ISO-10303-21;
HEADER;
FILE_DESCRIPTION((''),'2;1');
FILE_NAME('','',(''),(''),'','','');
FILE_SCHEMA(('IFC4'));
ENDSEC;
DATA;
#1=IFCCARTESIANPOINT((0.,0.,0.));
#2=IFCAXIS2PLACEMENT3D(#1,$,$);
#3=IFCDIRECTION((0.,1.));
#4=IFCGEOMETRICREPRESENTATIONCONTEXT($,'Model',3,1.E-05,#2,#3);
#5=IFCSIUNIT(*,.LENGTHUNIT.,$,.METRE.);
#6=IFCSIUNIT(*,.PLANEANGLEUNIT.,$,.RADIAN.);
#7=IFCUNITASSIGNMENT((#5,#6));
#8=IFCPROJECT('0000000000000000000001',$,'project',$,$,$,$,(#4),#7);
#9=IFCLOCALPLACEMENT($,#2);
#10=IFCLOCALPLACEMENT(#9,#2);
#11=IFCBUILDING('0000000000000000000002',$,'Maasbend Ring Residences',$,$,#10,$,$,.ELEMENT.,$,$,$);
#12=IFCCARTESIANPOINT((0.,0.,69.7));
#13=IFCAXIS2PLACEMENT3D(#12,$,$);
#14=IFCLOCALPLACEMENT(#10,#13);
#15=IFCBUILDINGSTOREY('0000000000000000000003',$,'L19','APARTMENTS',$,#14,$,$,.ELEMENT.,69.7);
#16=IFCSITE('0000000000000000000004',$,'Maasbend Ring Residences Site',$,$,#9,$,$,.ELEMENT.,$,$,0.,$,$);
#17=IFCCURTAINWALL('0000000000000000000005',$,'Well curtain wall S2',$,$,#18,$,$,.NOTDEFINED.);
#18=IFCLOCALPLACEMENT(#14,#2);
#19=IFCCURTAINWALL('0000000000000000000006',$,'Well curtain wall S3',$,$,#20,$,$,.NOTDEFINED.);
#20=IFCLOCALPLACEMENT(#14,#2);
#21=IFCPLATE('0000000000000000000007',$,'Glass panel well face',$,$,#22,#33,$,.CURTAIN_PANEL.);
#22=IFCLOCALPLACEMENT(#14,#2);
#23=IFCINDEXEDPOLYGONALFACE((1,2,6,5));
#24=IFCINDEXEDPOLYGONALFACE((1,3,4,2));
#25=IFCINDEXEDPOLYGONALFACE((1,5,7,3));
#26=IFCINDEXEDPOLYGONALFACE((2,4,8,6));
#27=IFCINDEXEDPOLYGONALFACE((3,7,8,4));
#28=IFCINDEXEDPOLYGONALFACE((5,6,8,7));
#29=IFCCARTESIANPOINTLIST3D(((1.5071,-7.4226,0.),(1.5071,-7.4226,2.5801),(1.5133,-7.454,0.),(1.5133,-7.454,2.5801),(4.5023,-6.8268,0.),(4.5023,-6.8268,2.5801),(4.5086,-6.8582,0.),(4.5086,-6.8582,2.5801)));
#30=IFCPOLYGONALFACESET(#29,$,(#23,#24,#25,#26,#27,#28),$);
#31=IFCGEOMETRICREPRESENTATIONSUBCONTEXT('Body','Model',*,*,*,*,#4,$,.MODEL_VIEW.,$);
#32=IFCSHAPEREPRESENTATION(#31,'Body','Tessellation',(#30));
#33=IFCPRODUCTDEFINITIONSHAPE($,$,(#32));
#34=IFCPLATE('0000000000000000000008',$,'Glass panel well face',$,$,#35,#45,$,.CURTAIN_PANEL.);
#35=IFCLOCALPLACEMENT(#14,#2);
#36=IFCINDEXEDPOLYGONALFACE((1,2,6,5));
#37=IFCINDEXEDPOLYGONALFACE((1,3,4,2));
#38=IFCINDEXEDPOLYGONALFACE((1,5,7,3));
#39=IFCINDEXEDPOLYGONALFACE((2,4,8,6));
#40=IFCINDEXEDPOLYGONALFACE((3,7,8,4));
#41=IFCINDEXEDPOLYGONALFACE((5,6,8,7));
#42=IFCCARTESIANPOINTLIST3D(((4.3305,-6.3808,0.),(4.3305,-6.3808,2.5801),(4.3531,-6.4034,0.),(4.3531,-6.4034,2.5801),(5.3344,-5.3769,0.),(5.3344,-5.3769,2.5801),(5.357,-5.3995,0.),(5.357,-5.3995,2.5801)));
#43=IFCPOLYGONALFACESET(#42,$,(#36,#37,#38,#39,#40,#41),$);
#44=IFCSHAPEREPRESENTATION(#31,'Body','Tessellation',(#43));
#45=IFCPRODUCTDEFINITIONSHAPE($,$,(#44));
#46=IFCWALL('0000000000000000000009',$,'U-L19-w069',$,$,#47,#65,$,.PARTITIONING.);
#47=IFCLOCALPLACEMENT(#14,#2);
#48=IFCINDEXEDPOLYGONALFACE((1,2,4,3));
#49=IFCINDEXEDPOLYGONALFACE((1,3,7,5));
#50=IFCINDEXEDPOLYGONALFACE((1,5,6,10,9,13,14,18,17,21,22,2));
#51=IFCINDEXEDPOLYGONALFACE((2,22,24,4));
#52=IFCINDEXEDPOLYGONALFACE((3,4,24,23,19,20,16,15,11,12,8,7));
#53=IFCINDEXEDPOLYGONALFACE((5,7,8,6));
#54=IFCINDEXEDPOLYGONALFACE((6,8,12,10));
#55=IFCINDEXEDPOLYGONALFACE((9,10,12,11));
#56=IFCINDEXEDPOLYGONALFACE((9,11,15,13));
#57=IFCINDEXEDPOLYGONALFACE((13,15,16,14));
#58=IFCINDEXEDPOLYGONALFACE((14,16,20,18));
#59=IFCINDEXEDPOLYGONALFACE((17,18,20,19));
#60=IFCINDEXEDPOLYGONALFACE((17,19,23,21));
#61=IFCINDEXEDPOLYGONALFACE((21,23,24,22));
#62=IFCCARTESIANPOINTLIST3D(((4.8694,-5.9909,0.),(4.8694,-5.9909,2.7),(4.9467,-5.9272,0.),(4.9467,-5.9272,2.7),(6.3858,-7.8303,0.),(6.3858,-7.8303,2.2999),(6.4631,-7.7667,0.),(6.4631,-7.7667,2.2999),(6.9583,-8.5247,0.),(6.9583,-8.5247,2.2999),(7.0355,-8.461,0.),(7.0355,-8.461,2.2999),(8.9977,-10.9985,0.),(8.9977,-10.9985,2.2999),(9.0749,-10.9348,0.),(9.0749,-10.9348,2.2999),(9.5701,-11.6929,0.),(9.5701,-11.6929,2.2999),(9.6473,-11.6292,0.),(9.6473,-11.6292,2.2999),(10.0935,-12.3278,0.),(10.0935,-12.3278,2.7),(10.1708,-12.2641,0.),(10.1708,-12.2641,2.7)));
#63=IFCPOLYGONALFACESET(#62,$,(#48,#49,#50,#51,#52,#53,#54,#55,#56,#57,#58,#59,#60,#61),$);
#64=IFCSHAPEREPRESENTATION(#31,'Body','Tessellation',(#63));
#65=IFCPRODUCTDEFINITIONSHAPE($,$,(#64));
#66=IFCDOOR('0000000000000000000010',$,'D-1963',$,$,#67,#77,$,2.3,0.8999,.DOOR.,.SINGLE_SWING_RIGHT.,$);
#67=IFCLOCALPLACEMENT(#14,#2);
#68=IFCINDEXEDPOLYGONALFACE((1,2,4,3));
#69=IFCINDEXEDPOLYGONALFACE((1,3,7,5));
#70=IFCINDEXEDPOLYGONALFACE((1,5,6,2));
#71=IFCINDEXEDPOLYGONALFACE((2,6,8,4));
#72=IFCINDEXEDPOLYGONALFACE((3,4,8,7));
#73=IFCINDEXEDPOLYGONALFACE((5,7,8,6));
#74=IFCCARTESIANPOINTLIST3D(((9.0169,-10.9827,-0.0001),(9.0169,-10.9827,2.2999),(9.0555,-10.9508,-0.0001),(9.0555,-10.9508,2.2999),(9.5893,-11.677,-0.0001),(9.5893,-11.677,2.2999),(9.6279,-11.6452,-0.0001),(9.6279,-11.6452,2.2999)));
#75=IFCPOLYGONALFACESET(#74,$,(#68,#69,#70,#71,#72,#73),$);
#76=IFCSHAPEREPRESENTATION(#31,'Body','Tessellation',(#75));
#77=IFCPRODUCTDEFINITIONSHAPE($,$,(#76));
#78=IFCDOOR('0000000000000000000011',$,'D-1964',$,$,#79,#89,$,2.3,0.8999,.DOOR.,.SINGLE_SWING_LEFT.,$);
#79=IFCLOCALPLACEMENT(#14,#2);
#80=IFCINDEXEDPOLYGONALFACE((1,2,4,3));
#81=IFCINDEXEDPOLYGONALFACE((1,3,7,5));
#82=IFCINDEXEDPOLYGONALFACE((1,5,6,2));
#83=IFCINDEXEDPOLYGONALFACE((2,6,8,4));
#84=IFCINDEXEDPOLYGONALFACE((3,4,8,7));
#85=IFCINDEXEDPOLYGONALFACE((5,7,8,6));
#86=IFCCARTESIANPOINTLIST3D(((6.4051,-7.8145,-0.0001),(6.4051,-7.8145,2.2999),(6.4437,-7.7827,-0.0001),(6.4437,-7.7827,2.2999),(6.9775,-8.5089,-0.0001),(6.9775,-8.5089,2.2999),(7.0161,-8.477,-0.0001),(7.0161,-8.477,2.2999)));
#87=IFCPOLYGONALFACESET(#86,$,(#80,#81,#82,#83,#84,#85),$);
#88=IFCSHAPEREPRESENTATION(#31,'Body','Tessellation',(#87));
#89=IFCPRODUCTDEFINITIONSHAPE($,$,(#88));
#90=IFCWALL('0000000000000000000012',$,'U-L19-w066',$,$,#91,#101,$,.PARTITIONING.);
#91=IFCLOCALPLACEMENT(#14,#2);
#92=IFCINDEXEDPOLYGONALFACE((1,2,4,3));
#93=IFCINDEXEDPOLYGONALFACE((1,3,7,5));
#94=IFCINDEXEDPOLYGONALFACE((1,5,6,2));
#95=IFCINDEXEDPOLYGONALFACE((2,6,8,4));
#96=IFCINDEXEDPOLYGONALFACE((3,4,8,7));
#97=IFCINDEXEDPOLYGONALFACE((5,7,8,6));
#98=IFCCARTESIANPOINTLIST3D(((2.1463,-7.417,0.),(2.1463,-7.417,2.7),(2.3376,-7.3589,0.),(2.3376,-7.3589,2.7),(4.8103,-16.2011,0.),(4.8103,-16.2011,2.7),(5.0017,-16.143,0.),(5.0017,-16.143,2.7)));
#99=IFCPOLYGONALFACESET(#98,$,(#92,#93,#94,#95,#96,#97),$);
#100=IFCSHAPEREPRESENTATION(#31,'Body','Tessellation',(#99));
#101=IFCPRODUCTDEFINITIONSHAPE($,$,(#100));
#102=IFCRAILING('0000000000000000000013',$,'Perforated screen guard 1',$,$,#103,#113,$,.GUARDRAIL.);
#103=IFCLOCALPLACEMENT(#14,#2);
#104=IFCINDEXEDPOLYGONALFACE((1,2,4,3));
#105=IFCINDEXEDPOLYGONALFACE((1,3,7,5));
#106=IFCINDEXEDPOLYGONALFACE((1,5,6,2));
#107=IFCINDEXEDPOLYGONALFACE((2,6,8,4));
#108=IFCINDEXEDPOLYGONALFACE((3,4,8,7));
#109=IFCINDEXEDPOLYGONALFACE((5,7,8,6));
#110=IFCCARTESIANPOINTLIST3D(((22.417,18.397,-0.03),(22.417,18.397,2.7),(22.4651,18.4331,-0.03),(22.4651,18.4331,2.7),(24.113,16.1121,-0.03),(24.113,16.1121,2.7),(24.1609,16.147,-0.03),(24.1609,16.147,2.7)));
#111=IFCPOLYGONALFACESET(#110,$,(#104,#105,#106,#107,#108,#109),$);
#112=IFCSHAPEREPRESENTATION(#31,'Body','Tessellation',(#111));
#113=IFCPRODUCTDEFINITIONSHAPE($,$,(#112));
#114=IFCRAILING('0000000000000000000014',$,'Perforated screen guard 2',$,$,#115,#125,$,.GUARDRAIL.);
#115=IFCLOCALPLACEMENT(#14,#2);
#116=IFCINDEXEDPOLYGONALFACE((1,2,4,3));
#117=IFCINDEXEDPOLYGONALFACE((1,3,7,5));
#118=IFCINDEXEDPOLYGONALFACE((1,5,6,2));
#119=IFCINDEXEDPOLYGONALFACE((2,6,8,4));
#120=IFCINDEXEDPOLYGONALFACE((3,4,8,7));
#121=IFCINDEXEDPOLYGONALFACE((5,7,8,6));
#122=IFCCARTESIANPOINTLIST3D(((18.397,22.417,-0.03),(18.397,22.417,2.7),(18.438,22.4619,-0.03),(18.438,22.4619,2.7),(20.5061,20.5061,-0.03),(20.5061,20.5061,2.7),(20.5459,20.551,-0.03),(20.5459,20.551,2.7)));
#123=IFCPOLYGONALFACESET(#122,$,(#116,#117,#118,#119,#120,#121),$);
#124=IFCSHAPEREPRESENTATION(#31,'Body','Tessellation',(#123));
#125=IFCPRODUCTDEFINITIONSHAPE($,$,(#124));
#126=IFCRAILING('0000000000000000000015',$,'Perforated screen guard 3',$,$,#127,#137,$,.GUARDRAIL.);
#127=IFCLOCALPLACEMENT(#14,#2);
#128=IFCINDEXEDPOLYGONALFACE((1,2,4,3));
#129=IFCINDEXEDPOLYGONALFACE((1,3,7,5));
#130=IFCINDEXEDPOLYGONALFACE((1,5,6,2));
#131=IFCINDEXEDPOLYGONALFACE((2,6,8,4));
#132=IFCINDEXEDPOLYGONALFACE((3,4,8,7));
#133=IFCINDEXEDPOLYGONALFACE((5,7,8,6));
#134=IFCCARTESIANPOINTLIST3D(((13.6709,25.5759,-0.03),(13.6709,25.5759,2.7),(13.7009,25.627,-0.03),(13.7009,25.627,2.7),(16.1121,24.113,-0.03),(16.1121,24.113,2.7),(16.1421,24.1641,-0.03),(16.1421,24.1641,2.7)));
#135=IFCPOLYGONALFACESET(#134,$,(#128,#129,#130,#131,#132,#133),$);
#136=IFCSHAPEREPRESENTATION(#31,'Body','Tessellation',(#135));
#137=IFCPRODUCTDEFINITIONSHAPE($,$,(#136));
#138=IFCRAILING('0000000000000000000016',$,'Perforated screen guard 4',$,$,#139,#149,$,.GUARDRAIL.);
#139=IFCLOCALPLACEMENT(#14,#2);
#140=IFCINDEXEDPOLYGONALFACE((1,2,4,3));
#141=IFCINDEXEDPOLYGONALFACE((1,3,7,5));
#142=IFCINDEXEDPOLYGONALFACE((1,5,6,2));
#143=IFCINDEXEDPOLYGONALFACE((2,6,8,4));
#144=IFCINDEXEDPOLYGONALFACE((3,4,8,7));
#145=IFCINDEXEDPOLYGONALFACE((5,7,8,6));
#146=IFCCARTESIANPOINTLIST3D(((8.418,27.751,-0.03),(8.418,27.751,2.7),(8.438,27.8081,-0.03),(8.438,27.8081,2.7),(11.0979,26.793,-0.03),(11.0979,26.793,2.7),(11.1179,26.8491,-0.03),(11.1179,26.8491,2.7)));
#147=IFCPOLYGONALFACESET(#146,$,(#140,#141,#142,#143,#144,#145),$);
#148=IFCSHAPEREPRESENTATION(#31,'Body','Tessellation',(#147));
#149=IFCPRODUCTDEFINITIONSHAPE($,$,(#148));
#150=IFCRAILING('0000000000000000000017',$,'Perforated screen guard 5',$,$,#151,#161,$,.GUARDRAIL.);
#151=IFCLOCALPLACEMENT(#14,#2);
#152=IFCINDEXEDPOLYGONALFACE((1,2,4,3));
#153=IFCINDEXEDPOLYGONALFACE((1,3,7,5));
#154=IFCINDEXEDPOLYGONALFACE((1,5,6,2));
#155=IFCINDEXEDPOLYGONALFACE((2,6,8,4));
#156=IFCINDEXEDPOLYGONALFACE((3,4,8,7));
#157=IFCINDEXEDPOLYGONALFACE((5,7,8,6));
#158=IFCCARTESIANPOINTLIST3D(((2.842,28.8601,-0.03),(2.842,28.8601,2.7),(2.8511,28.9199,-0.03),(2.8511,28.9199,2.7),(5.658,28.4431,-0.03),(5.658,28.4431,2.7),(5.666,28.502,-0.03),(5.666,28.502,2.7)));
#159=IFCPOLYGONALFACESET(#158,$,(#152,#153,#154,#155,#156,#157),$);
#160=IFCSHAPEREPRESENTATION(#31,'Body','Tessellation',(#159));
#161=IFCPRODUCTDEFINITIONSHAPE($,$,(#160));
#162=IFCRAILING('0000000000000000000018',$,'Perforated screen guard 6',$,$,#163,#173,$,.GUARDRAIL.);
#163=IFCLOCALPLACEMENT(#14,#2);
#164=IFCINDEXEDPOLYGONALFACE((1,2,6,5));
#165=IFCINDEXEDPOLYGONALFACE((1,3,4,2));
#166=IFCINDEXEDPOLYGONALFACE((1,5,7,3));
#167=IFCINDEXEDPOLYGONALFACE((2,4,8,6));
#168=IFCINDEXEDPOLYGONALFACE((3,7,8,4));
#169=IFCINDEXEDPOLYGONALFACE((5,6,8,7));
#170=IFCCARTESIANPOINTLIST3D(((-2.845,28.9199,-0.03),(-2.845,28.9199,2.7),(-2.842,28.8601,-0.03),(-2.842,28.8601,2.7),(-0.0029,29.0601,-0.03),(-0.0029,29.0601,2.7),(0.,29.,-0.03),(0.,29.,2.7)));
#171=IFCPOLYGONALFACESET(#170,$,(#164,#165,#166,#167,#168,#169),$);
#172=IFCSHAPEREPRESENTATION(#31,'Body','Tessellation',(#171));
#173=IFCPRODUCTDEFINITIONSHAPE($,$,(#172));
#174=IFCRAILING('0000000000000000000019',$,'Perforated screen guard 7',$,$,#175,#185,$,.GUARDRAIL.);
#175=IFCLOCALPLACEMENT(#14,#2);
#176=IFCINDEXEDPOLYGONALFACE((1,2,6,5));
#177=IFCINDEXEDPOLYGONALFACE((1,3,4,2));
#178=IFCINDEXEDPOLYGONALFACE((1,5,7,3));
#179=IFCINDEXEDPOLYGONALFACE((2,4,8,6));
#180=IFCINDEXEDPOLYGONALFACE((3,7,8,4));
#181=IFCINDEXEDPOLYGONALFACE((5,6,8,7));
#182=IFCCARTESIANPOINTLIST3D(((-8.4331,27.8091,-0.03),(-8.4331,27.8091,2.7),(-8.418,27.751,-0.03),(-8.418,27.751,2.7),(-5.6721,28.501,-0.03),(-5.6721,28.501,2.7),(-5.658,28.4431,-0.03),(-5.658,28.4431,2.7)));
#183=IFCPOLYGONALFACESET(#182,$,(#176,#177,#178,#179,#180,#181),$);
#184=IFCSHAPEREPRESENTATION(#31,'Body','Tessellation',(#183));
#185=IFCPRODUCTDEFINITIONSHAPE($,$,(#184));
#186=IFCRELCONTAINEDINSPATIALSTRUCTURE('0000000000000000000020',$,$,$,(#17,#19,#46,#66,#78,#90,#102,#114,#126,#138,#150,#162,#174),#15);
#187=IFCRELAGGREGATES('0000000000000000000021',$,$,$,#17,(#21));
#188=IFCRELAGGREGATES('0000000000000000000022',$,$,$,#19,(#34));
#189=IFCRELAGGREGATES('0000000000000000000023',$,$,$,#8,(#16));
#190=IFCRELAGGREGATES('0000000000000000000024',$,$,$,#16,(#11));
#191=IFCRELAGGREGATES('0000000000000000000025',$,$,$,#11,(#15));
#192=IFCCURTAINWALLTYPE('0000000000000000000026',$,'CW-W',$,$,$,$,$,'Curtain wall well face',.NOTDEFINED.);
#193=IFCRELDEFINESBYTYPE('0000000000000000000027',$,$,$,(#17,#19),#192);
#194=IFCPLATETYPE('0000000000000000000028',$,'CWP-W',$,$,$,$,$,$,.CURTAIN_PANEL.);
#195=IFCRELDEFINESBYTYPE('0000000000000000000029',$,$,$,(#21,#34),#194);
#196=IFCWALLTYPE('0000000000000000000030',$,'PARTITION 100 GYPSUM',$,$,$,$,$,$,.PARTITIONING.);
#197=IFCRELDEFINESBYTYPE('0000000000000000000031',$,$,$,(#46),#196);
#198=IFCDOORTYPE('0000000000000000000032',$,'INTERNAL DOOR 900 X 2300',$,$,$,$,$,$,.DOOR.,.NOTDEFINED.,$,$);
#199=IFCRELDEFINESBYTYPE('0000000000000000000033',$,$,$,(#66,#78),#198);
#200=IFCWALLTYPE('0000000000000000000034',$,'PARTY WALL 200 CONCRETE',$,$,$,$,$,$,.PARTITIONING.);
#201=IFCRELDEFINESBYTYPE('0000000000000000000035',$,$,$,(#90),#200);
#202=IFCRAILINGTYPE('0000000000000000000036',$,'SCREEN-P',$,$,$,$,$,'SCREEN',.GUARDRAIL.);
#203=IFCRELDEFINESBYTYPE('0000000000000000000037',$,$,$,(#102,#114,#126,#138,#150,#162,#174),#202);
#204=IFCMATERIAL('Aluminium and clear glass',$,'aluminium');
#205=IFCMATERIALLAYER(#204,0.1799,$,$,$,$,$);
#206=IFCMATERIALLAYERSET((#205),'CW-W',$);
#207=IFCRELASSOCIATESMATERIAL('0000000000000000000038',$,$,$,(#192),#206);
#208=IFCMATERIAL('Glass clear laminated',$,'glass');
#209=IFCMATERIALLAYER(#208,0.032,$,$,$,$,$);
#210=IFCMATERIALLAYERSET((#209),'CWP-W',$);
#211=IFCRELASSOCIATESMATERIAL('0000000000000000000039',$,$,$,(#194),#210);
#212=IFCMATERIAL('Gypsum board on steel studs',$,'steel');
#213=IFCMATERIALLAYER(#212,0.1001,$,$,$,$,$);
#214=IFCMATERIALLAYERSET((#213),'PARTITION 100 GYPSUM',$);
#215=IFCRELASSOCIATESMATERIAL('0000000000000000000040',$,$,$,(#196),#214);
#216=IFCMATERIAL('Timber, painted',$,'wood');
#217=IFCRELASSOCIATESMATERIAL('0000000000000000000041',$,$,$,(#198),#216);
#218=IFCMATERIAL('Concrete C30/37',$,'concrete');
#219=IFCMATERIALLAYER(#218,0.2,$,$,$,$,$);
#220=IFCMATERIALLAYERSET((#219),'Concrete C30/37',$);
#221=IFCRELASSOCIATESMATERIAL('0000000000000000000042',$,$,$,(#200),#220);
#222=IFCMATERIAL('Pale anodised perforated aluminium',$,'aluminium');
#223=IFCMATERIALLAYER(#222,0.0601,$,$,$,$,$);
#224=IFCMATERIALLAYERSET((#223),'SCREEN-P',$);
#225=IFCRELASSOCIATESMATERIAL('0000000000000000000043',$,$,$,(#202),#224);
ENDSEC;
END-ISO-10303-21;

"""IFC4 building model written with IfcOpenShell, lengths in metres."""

from ifc_helpers import new_model, si_unit, direction, frame, frame_2d, origin, origin_2d, place, context, subcontext, project, spatial, polyline, rectangle, outline, extrude, material, layer, layer_set, type_object, element, fill, aggregate, save


model = new_model("IFC4")

# Units and contexts
model_context = context("Model", 3, precision=1e-05, world=origin(), true_north=direction((0.0, 1.0)))
body_context = subcontext(model_context, "Body", "Model", "MODEL_VIEW")
ifc_project = project(units=[si_unit("LENGTHUNIT", "METRE"), si_unit("PLANEANGLEUNIT", "RADIAN")], contexts=[model_context])

# Site, building, storey
site_placement = place(None, origin())
site = spatial("IfcSite", under=ifc_project, at=site_placement, Name="Maasbend Ring Residences Site", CompositionType="ELEMENT", RefElevation=0.0)
building_placement = place(site_placement, origin())
building = spatial("IfcBuilding", under=site, at=building_placement, Name="Maasbend Ring Residences", CompositionType="ELEMENT")
storey_placement = place(building_placement, frame((0.0, 0.0, 69.7)))
storey = spatial("IfcBuildingStorey", under=building, at=storey_placement, Name="L19", Description="APARTMENTS", CompositionType="ELEMENT", Elevation=69.7)

# Curtain walls
ifc_material_1 = material(Name="Aluminium and clear glass", Category="aluminium")
ifc_layer_1 = layer(ifc_material_1, 0.1799)
ifc_layer_set_1 = layer_set([ifc_layer_1], Name="CW-W")
curtain_wall_type = type_object("IfcCurtainWallType", Name="CW-W", ElementType="Curtain wall well face", PredefinedType="NOTDEFINED", material=ifc_layer_set_1)
curtain_wall_1_placement = place(storey_placement, origin())
curtain_wall_1 = element("IfcCurtainWall", 1, at=curtain_wall_1_placement, inside=storey, type_object=curtain_wall_type, Name="Well curtain wall S2", PredefinedType="NOTDEFINED")
curtain_wall_2_placement = place(storey_placement, origin())
curtain_wall_2 = element("IfcCurtainWall", 2, at=curtain_wall_2_placement, inside=storey, type_object=curtain_wall_type, Name="Well curtain wall S3", PredefinedType="NOTDEFINED")

# Plates
ifc_material_2 = material(Name="Glass clear laminated", Category="glass")
ifc_layer_2 = layer(ifc_material_2, 0.032)
ifc_layer_set_2 = layer_set([ifc_layer_2], Name="CWP-W")
plate_type = type_object("IfcPlateType", Name="CWP-W", PredefinedType="CURTAIN_PANEL", material=ifc_layer_set_2)
plate_1_placement = place(storey_placement, frame((3.0078, -7.1404, 0.0), z_axis=(0.0, 0.0, 1.0), x_axis=(0.980785, 0.19509, 0.0)))
plate_1 = element("IfcPlate", 3, at=plate_1_placement, type_object=plate_type, Name="Glass panel well face", PredefinedType="CURTAIN_PANEL", context=body_context, shape_type="SweptSolid", body=[
    extrude(rectangle(XDim=3.054, YDim=0.032, at=origin_2d()), origin(), (0.0, 0.0, 1.0), 2.5801),
])
aggregate(curtain_wall_1, [plate_1])
plate_2_placement = place(storey_placement, frame((4.8438, -5.8901, 0.0), z_axis=(0.0, 0.0, 1.0), x_axis=(0.707107, 0.707107, 0.0)))
plate_2 = element("IfcPlate", 4, at=plate_2_placement, type_object=plate_type, Name="Glass panel well face", PredefinedType="CURTAIN_PANEL", context=body_context, shape_type="SweptSolid", body=[
    extrude(rectangle(XDim=1.4197, YDim=0.032, at=origin_2d()), origin(), (0.0, 0.0, 1.0), 2.5801),
])
aggregate(curtain_wall_2, [plate_2])

# Wall, openings, doors
ifc_material_3 = material(Name="Gypsum board on steel studs", Category="steel")
ifc_layer_3 = layer(ifc_material_3, 0.1001)
ifc_layer_set_3 = layer_set([ifc_layer_3], Name="PARTITION 100 GYPSUM")
wall_type_1 = type_object("IfcWallType", Name="PARTITION 100 GYPSUM", PredefinedType="PARTITIONING", material=ifc_layer_set_3)
wall_1_placement = place(storey_placement, frame((4.908, -5.959, 0.0), z_axis=(0.0, 0.0, 1.0), x_axis=(0.636105, -0.771602, 0.0)))
wall_1 = element("IfcWall", 5, at=wall_1_placement, inside=storey, type_object=wall_type_1, Name="U-L19-w069", PredefinedType="PARTITIONING", context=body_context, shape_type="SweptSolid", body=[
    extrude(rectangle(XDim=8.2126, YDim=0.1001, at=frame_2d((4.1064, 0.0))), origin(), (0.0, 0.0, 1.0), 2.7),
])
opening_1_placement = place(wall_1_placement, frame((6.49, 0.0, 0.0)))
opening_1 = element("IfcOpeningElement", 6, at=opening_1_placement, cuts=wall_1, PredefinedType="OPENING", context=body_context, shape_type="SweptSolid", body=[
    extrude(rectangle(XDim=0.8999, YDim=2.3, at=frame_2d((0.45, 1.1499))), frame((0.0, 0.0601, 0.0), z_axis=(0.0, -1.0, 0.0), x_axis=(1.0, 0.0, 0.0)), (0.0, 0.0, 1.0), 0.1201),
])
opening_2_placement = place(wall_1_placement, frame((2.384, 0.0, 0.0)))
opening_2 = element("IfcOpeningElement", 7, at=opening_2_placement, cuts=wall_1, PredefinedType="OPENING", context=body_context, shape_type="SweptSolid", body=[
    extrude(rectangle(XDim=0.8999, YDim=2.3, at=frame_2d((0.45, 1.1499))), frame((0.0, 0.0601, 0.0), z_axis=(0.0, -1.0, 0.0), x_axis=(1.0, 0.0, 0.0)), (0.0, 0.0, 1.0), 0.1201),
])
ifc_material_4 = material(Name="Timber, painted", Category="wood")
door_type = type_object("IfcDoorType", Name="INTERNAL DOOR 900 X 2300", OperationType="NOTDEFINED", PredefinedType="DOOR", material=ifc_material_4)
door_1_placement = place(opening_1_placement, origin())
door_1 = element("IfcDoor", 8, at=door_1_placement, inside=storey, type_object=door_type, Name="D-1963", OperationType="SINGLE_SWING_RIGHT", OverallHeight=2.3, OverallWidth=0.8999, PredefinedType="DOOR", context=body_context, shape_type="SweptSolid", body=[
    extrude(rectangle(XDim=0.8999, YDim=2.3, at=frame_2d((0.45, 1.1499))), frame((0.0, 0.0249, 0.0), z_axis=(0.0, -1.0, 0.0), x_axis=(1.0, 0.0, 0.0)), (0.0, 0.0, 1.0), 0.05),
])
fill(opening_1, door_1)
door_2_placement = place(opening_2_placement, origin())
door_2 = element("IfcDoor", 9, at=door_2_placement, inside=storey, type_object=door_type, Name="D-1964", OperationType="SINGLE_SWING_LEFT", OverallHeight=2.3, OverallWidth=0.8999, PredefinedType="DOOR", context=body_context, shape_type="SweptSolid", body=[
    extrude(rectangle(XDim=0.8999, YDim=2.3, at=frame_2d((0.45, 1.1499))), frame((0.0, 0.0249, 0.0), z_axis=(0.0, -1.0, 0.0), x_axis=(1.0, 0.0, 0.0)), (0.0, 0.0, 1.0), 0.05),
])
fill(opening_2, door_2)

# Wall
ifc_material_5 = material(Name="Concrete C30/37", Category="concrete")
ifc_layer_4 = layer(ifc_material_5, 0.2)
ifc_layer_set_4 = layer_set([ifc_layer_4], Name="Concrete C30/37")
wall_type_2 = type_object("IfcWallType", Name="PARTY WALL 200 CONCRETE", PredefinedType="PARTITIONING", material=ifc_layer_set_4)
wall_2_placement = place(storey_placement, frame((2.2419, -7.3879, 0.0), z_axis=(0.0, 0.0, 1.0), x_axis=(0.290226, -0.956958, 0.0)))
element("IfcWall", 10, at=wall_2_placement, inside=storey, type_object=wall_type_2, Name="U-L19-w066", PredefinedType="PARTITIONING", context=body_context, shape_type="SweptSolid", body=[
    extrude(rectangle(XDim=9.1792, YDim=0.2, at=frame_2d((4.5896, 0.0))), origin(), (0.0, 0.0, 1.0), 2.7),
])

# Railings
ifc_material_6 = material(Name="Pale anodised perforated aluminium", Category="aluminium")
ifc_layer_5 = layer(ifc_material_6, 0.0601)
ifc_layer_set_5 = layer_set([ifc_layer_5], Name="SCREEN-P")
railing_type = type_object("IfcRailingType", Name="SCREEN-P", ElementType="SCREEN", PredefinedType="GUARDRAIL", material=ifc_layer_set_5)
railing_1_placement = place(storey_placement, frame((0.0, 0.0, -0.03)))
element("IfcRailing", 11, at=railing_1_placement, inside=storey, type_object=railing_type, Name="Perforated screen guard 1", PredefinedType="GUARDRAIL", context=body_context, shape_type="SweptSolid", body=[
    extrude(outline(polyline([(24.113, 16.1121), (22.417, 18.397), (22.4651, 18.4331), (24.1609, 16.147), (24.113, 16.1121)])), origin(), (0.0, 0.0, 1.0), 2.73),
])
railing_2_placement = place(storey_placement, frame((0.0, 0.0, -0.03)))
element("IfcRailing", 12, at=railing_2_placement, inside=storey, type_object=railing_type, Name="Perforated screen guard 2", PredefinedType="GUARDRAIL", context=body_context, shape_type="SweptSolid", body=[
    extrude(outline(polyline([(20.5061, 20.5061), (18.397, 22.417), (18.438, 22.4619), (20.5459, 20.551), (20.5061, 20.5061)])), origin(), (0.0, 0.0, 1.0), 2.73),
])
railing_3_placement = place(storey_placement, frame((0.0, 0.0, -0.03)))
element("IfcRailing", 13, at=railing_3_placement, inside=storey, type_object=railing_type, Name="Perforated screen guard 3", PredefinedType="GUARDRAIL", context=body_context, shape_type="SweptSolid", body=[
    extrude(outline(polyline([(16.1121, 24.113), (13.6709, 25.5759), (13.7009, 25.627), (16.1421, 24.1641), (16.1121, 24.113)])), origin(), (0.0, 0.0, 1.0), 2.73),
])
railing_4_placement = place(storey_placement, frame((0.0, 0.0, -0.03)))
element("IfcRailing", 14, at=railing_4_placement, inside=storey, type_object=railing_type, Name="Perforated screen guard 4", PredefinedType="GUARDRAIL", context=body_context, shape_type="SweptSolid", body=[
    extrude(outline(polyline([(11.0979, 26.793), (8.418, 27.751), (8.438, 27.8081), (11.1179, 26.8491), (11.0979, 26.793)])), origin(), (0.0, 0.0, 1.0), 2.73),
])
railing_5_placement = place(storey_placement, frame((0.0, 0.0, -0.03)))
element("IfcRailing", 15, at=railing_5_placement, inside=storey, type_object=railing_type, Name="Perforated screen guard 5", PredefinedType="GUARDRAIL", context=body_context, shape_type="SweptSolid", body=[
    extrude(outline(polyline([(5.658, 28.4431), (2.842, 28.8601), (2.8511, 28.9199), (5.666, 28.502), (5.658, 28.4431)])), origin(), (0.0, 0.0, 1.0), 2.73),
])
railing_6_placement = place(storey_placement, frame((0.0, 0.0, -0.03)))
element("IfcRailing", 16, at=railing_6_placement, inside=storey, type_object=railing_type, Name="Perforated screen guard 6", PredefinedType="GUARDRAIL", context=body_context, shape_type="SweptSolid", body=[
    extrude(outline(polyline([(0.0, 29.0), (-2.842, 28.8601), (-2.845, 28.9199), (-0.0029, 29.0601), (0.0, 29.0)])), origin(), (0.0, 0.0, 1.0), 2.73),
])
railing_7_placement = place(storey_placement, frame((0.0, 0.0, -0.03)))
element("IfcRailing", 17, at=railing_7_placement, inside=storey, type_object=railing_type, Name="Perforated screen guard 7", PredefinedType="GUARDRAIL", context=body_context, shape_type="SweptSolid", body=[
    extrude(outline(polyline([(-5.658, 28.4431), (-8.418, 27.751), (-8.4331, 27.8091), (-5.6721, 28.501), (-5.658, 28.4431)])), origin(), (0.0, 0.0, 1.0), 2.73),
])

save(model, "model.ifc")
